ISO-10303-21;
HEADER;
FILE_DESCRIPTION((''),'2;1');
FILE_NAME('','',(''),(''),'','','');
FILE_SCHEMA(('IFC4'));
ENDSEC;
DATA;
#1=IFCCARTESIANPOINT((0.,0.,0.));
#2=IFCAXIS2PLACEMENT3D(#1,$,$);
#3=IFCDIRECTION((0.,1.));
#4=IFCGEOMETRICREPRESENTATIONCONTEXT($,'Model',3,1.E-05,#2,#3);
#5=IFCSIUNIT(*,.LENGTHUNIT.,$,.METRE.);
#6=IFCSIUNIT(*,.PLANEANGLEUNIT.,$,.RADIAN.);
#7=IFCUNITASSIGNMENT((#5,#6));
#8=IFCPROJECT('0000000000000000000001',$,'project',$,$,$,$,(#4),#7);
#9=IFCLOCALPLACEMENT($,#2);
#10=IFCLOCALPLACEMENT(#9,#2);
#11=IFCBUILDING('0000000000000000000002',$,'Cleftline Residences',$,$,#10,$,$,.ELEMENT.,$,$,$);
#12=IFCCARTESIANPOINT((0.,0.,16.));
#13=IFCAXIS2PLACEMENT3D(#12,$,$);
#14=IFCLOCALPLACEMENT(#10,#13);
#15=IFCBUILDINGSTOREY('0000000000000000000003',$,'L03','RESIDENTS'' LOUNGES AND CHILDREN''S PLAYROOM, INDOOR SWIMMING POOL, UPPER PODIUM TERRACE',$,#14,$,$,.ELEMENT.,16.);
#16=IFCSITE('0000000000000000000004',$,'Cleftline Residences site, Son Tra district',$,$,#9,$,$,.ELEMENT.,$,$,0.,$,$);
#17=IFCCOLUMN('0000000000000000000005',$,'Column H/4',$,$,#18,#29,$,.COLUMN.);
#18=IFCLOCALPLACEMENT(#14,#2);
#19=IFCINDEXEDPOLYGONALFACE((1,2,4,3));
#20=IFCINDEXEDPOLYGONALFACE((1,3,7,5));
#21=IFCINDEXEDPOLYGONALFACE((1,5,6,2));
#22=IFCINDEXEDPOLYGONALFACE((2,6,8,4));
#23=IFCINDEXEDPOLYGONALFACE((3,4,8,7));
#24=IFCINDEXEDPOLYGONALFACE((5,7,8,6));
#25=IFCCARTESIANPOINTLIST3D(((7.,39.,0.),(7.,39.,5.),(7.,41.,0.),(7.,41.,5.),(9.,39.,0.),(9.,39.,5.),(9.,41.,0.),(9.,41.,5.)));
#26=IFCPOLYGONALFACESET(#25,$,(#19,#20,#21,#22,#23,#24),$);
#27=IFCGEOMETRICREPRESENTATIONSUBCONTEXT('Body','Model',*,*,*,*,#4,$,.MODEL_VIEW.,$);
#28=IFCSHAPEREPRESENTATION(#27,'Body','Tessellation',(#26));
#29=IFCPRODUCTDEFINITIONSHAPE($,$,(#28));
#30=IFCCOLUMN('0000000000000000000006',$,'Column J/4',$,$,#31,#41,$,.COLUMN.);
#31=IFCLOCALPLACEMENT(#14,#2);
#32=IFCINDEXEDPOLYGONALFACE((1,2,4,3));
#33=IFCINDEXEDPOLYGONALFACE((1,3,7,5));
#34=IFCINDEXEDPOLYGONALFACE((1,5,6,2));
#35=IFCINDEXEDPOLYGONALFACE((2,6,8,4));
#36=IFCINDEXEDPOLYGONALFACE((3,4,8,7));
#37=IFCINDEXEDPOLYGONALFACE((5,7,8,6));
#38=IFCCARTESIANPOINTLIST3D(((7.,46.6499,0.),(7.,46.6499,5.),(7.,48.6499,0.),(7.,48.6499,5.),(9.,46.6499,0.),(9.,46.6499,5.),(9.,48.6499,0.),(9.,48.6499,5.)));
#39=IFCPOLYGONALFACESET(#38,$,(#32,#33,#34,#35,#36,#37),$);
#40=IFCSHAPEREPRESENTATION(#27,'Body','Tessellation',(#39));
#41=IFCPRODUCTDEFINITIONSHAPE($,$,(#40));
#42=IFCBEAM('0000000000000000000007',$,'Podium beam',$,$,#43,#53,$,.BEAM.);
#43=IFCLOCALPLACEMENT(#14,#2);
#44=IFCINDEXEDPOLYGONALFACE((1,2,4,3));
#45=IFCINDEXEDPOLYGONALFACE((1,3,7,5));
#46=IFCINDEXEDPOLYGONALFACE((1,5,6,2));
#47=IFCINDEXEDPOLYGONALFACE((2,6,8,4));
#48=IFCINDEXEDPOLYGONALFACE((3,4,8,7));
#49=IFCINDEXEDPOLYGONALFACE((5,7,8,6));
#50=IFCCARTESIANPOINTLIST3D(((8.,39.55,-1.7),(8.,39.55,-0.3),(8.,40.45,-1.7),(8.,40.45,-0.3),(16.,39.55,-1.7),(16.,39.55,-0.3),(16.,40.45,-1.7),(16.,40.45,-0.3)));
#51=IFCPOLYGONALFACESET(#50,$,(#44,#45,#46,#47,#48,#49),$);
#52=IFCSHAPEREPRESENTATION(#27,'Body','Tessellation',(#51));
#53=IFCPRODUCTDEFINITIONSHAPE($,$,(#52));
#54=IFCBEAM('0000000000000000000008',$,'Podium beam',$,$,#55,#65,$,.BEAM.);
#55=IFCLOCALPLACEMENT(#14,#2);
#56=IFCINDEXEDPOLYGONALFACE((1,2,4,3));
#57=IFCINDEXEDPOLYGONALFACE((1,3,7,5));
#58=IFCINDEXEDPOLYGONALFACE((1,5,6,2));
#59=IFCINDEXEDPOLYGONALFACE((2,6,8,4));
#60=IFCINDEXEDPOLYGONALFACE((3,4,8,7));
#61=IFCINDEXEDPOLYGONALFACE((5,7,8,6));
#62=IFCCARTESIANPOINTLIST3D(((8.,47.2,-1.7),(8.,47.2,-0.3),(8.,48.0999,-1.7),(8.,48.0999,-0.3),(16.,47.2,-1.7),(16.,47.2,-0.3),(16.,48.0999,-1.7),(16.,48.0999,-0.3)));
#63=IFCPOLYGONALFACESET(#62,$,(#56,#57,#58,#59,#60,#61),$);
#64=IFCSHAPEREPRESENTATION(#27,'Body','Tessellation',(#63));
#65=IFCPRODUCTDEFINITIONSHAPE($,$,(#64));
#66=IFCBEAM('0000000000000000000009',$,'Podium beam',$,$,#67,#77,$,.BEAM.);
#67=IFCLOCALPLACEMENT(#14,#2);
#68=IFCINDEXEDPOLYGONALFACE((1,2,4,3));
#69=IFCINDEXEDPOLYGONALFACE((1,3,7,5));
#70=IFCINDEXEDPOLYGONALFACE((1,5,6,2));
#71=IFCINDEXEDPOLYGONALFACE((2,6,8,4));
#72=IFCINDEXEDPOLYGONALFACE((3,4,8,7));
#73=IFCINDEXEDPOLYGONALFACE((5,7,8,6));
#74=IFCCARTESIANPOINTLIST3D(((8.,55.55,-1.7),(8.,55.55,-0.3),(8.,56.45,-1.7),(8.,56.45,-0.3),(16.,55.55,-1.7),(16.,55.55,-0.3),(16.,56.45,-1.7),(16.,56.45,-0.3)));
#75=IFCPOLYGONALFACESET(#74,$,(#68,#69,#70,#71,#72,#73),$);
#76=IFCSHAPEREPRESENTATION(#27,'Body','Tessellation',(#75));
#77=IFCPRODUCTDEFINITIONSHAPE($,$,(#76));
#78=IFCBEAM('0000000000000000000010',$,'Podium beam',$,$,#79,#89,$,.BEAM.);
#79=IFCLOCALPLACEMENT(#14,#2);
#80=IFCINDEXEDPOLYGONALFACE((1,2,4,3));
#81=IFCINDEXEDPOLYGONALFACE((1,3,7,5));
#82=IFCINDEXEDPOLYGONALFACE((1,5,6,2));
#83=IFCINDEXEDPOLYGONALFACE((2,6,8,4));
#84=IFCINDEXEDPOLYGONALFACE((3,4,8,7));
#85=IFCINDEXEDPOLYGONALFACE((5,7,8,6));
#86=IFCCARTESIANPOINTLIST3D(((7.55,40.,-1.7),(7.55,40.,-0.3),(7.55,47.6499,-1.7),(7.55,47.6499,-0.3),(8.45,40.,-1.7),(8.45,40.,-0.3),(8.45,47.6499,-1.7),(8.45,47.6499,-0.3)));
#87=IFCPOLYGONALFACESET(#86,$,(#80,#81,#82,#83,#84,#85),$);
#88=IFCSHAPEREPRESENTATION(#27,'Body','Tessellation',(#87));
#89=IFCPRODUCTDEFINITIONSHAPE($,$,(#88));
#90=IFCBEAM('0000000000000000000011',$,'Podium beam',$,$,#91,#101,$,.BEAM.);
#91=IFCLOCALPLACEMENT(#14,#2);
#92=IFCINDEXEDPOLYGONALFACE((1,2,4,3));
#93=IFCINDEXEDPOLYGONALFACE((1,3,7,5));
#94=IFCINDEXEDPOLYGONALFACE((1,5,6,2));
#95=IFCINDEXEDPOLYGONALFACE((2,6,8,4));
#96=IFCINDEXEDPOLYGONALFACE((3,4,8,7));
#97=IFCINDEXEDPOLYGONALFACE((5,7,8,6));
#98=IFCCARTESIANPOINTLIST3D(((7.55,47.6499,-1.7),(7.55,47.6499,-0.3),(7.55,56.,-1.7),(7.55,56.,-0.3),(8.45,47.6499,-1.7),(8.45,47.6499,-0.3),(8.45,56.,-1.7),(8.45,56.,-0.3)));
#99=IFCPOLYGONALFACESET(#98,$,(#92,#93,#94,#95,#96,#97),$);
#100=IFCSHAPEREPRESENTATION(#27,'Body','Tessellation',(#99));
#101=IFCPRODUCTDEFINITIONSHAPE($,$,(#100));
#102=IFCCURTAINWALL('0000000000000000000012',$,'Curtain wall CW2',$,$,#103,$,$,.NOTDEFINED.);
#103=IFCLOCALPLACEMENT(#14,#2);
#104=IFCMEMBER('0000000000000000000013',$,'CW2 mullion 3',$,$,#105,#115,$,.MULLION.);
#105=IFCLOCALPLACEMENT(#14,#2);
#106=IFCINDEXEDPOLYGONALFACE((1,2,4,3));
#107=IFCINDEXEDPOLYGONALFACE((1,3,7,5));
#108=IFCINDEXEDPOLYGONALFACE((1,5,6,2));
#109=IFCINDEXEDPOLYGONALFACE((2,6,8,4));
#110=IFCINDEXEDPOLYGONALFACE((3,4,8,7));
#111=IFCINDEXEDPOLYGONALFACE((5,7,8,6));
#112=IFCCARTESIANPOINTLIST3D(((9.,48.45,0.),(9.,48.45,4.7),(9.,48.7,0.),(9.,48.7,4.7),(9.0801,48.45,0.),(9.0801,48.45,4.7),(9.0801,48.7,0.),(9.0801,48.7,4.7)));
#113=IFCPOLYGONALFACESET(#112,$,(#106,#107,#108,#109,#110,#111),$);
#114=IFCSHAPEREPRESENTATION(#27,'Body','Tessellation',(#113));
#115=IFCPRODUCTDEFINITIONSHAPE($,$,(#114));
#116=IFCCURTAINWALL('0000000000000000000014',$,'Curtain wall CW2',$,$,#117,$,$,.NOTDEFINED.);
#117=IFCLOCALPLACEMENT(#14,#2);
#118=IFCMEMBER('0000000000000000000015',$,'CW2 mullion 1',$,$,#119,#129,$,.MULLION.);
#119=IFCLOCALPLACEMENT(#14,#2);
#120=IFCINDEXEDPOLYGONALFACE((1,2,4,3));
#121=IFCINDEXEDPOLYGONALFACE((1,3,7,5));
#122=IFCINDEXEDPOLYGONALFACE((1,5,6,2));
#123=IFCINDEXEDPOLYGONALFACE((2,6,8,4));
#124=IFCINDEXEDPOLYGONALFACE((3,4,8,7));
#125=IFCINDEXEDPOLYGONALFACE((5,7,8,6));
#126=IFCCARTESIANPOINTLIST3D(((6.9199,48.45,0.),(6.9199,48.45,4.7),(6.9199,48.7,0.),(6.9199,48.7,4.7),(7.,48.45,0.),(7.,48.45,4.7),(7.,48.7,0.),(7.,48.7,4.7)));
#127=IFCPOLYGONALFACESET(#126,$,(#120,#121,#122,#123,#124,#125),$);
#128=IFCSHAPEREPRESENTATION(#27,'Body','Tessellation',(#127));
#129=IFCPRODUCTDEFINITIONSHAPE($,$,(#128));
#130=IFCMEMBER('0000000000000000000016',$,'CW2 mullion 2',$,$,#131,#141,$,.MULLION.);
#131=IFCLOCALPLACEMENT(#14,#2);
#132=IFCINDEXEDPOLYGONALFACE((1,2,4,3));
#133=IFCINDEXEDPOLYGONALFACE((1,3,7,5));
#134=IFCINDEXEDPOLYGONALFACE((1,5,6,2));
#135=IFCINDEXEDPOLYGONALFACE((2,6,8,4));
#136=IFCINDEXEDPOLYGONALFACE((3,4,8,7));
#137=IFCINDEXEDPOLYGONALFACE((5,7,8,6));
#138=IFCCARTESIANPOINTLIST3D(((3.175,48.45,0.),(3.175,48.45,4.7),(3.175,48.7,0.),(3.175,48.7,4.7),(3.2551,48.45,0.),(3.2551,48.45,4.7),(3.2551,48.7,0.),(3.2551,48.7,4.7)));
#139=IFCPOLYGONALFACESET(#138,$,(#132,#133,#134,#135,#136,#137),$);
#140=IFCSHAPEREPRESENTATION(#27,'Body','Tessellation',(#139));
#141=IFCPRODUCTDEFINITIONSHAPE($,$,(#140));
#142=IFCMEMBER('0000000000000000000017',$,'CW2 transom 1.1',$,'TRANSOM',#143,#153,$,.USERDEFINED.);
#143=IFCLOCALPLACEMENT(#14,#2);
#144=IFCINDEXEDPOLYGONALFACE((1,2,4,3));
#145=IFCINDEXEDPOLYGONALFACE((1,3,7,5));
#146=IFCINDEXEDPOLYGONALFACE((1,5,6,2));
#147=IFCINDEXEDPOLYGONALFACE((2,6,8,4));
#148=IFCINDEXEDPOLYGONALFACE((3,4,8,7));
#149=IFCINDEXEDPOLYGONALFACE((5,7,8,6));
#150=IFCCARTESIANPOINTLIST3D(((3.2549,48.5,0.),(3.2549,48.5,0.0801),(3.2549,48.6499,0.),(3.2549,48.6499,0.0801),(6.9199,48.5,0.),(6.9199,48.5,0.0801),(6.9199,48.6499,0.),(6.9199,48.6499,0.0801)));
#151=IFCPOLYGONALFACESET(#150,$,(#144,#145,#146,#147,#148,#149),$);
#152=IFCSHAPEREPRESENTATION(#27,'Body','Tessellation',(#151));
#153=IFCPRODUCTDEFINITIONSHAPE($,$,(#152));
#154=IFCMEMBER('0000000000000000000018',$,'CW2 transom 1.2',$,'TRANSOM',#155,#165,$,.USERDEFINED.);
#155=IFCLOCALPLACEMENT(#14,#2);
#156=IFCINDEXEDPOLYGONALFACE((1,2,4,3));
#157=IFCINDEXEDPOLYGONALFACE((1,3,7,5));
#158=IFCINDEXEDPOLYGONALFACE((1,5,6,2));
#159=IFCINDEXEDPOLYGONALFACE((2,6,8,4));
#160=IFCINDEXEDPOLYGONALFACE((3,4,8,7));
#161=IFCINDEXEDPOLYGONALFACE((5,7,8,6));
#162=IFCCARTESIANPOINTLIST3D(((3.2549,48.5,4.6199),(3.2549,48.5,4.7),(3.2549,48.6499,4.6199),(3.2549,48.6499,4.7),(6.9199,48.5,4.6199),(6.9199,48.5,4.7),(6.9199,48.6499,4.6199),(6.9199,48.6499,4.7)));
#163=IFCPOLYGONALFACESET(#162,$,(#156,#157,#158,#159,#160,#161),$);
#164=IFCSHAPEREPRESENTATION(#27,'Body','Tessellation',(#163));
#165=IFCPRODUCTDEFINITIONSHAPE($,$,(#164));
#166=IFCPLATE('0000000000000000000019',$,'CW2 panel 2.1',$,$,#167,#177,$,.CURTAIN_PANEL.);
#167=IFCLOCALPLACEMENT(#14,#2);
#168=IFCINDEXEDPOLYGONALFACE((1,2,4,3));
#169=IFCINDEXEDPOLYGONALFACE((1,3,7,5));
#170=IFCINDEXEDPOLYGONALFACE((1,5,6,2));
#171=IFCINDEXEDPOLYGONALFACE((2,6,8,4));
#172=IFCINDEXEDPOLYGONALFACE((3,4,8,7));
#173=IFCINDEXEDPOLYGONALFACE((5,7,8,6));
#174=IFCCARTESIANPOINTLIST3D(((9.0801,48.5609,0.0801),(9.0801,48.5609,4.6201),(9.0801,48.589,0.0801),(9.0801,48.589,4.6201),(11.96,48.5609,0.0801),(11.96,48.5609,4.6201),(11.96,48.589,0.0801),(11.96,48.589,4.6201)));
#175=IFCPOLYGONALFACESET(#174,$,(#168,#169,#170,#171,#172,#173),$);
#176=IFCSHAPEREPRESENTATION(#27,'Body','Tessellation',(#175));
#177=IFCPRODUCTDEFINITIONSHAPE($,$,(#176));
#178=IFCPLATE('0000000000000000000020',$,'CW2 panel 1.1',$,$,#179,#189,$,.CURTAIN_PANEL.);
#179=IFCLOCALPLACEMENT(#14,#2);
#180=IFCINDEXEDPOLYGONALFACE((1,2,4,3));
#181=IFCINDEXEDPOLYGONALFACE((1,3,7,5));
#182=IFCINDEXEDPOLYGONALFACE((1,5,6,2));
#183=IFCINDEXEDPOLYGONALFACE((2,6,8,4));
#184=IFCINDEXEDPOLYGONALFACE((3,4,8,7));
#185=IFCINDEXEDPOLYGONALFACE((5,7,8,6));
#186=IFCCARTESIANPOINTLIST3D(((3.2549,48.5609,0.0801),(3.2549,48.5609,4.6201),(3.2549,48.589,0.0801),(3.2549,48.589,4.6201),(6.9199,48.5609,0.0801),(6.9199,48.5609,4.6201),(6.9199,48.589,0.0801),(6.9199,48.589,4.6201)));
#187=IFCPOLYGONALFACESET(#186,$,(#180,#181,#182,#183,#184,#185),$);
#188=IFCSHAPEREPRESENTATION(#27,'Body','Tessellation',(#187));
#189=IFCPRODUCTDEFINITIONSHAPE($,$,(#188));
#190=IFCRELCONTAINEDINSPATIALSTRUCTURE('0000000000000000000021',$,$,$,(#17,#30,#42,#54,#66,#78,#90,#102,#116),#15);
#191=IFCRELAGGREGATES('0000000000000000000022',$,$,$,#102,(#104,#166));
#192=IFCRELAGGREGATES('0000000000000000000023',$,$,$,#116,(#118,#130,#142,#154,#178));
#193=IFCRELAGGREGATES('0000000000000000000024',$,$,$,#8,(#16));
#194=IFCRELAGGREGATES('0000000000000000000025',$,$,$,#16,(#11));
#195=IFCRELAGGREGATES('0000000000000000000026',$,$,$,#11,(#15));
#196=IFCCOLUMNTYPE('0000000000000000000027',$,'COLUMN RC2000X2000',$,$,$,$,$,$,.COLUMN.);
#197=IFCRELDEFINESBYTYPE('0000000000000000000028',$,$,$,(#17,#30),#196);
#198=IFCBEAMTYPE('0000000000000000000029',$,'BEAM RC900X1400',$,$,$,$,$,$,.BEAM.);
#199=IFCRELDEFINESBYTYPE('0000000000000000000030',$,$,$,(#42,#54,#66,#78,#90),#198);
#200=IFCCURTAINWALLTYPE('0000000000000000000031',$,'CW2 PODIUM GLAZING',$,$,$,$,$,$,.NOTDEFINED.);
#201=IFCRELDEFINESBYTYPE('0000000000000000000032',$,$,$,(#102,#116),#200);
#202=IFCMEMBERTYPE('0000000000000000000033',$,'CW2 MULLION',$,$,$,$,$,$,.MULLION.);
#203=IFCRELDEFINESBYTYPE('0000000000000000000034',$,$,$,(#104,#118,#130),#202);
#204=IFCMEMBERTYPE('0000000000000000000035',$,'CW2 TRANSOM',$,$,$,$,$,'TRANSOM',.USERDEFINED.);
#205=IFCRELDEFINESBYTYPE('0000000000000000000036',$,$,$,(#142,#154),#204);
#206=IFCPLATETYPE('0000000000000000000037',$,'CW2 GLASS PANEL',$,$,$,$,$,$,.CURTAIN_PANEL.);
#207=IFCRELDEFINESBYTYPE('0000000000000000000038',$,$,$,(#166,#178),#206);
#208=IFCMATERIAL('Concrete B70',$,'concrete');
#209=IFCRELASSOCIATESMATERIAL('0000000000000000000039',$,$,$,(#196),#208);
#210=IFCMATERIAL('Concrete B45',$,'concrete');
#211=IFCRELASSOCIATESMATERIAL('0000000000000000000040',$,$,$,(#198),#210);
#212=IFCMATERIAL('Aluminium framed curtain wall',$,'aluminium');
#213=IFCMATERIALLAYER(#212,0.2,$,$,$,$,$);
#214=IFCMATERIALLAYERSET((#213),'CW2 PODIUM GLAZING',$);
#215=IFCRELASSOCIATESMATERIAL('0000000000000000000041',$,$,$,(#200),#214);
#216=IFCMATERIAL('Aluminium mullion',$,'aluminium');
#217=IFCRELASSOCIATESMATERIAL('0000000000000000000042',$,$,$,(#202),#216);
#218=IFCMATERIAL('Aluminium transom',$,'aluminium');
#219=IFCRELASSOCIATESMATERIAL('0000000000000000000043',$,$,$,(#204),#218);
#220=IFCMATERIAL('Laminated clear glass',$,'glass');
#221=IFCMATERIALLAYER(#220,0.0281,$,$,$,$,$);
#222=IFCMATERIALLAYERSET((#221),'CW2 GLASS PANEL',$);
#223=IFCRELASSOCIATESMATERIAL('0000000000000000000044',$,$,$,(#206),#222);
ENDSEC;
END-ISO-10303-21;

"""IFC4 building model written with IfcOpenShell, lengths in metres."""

from ifc_helpers import new_model, si_unit, direction, frame, origin, origin_2d, place, context, subcontext, project, spatial, rectangle, extrude, material, layer, layer_set, material_profile, profile_set, type_object, element, aggregate, save


model = new_model("IFC4")

# Units and contexts
model_context = context("Model", 3, precision=1e-05, world=origin(), true_north=direction((0.0, 1.0)))
body_context = subcontext(model_context, "Body", "Model", "MODEL_VIEW")
ifc_project = project(units=[si_unit("LENGTHUNIT", "METRE"), si_unit("PLANEANGLEUNIT", "RADIAN")], contexts=[model_context])

# Site, building, storey
site_placement = place(None, origin())
site = spatial("IfcSite", under=ifc_project, at=site_placement, Name="Cleftline Residences site, Son Tra district", CompositionType="ELEMENT", RefElevation=0.0)
building_placement = place(site_placement, origin())
building = spatial("IfcBuilding", under=site, at=building_placement, Name="Cleftline Residences", CompositionType="ELEMENT")
storey_placement = place(building_placement, frame((0.0, 0.0, 16.0)))
storey = spatial("IfcBuildingStorey", under=building, at=storey_placement, Name="L03", Description="RESIDENTS' LOUNGES AND CHILDREN'S PLAYROOM, INDOOR SWIMMING POOL, UPPER PODIUM TERRACE", CompositionType="ELEMENT", Elevation=16.0)

# Columns
ifc_material_1 = material(Name="Concrete B70", Category="concrete")
ifc_material_profile_1 = material_profile(ifc_material_1, rectangle(XDim=2.0, YDim=2.0, at=origin_2d()))
ifc_profile_set_1 = profile_set([ifc_material_profile_1], Name="Concrete B70")
column_type = type_object("IfcColumnType", Name="COLUMN RC2000X2000", PredefinedType="COLUMN", material=ifc_profile_set_1)
for number, where, z_axis, x_axis, name in (
    (1, (8.0, 40.0, 0.0), (0.0, 0.0, 1.0), (1.0, 0.0, 0.0), "Column H/4"),
    (2, (8.0, 47.6499, 0.0), (0.0, 0.0, 1.0), (1.0, 0.0, 0.0), "Column J/4"),
):
    element("IfcColumn", number, at=place(storey_placement, frame(where, z_axis=z_axis, x_axis=x_axis)), inside=storey, type_object=column_type, Name=name, PredefinedType="COLUMN", context=body_context, shape_type="SweptSolid", body=[
        extrude(rectangle(XDim=2.0, YDim=2.0, at=origin_2d()), origin(), (0.0, 0.0, 1.0), 5.0),
    ])

# Beams
ifc_material_2 = material(Name="Concrete B45", Category="concrete")
ifc_material_profile_2 = material_profile(ifc_material_2, rectangle(XDim=0.8999, YDim=1.3999, at=origin_2d()))
ifc_profile_set_2 = profile_set([ifc_material_profile_2], Name="Concrete B45")
beam_type = type_object("IfcBeamType", Name="BEAM RC900X1400", PredefinedType="BEAM", material=ifc_profile_set_2)
for number, where, z_axis, x_axis, name in (
    (3, (8.0, 40.0, -1.0), (1.0, 0.0, 0.0), (0.0, 1.0, 0.0), "Podium beam"),
    (4, (8.0, 47.6499, -1.0), (1.0, 0.0, 0.0), (0.0, 1.0, 0.0), "Podium beam"),
    (5, (8.0, 56.0, -1.0), (1.0, 0.0, 0.0), (0.0, 1.0, 0.0), "Podium beam"),
):
    element("IfcBeam", number, at=place(storey_placement, frame(where, z_axis=z_axis, x_axis=x_axis)), inside=storey, type_object=beam_type, Name=name, PredefinedType="BEAM", context=body_context, shape_type="SweptSolid", body=[
        extrude(rectangle(XDim=0.8999, YDim=1.3999, at=origin_2d()), origin(), (0.0, 0.0, 1.0), 8.0),
    ])
beam_1_placement = place(storey_placement, frame((8.0, 40.0, -1.0), z_axis=(0.0, 1.0, 0.0), x_axis=(-1.0, 0.0, 0.0)))
element("IfcBeam", 6, at=beam_1_placement, inside=storey, type_object=beam_type, Name="Podium beam", PredefinedType="BEAM", context=body_context, shape_type="SweptSolid", body=[
    extrude(rectangle(XDim=0.8999, YDim=1.3999, at=origin_2d()), origin(), (0.0, 0.0, 1.0), 7.6499),
])
beam_2_placement = place(storey_placement, frame((8.0, 47.6499, -1.0), z_axis=(0.0, 1.0, 0.0), x_axis=(-1.0, 0.0, 0.0)))
element("IfcBeam", 7, at=beam_2_placement, inside=storey, type_object=beam_type, Name="Podium beam", PredefinedType="BEAM", context=body_context, shape_type="SweptSolid", body=[
    extrude(rectangle(XDim=0.8999, YDim=1.3999, at=origin_2d()), origin(), (0.0, 0.0, 1.0), 8.3501),
])

# Curtain wall, member
ifc_material_3 = material(Name="Aluminium framed curtain wall", Category="aluminium")
ifc_layer_1 = layer(ifc_material_3, 0.2)
ifc_layer_set_1 = layer_set([ifc_layer_1], Name="CW2 PODIUM GLAZING")
curtain_wall_type = type_object("IfcCurtainWallType", Name="CW2 PODIUM GLAZING", PredefinedType="NOTDEFINED", material=ifc_layer_set_1)
curtain_wall_1_placement = place(storey_placement, origin())
curtain_wall_1 = element("IfcCurtainWall", 8, at=curtain_wall_1_placement, inside=storey, type_object=curtain_wall_type, Name="Curtain wall CW2", PredefinedType="NOTDEFINED")
ifc_material_4 = material(Name="Aluminium mullion", Category="aluminium")
ifc_material_profile_3 = material_profile(ifc_material_4, rectangle(XDim=0.25, YDim=0.0801, at=origin_2d()))
ifc_profile_set_3 = profile_set([ifc_material_profile_3], Name="Aluminium mullion")
member_type_1 = type_object("IfcMemberType", Name="CW2 MULLION", PredefinedType="MULLION", material=ifc_profile_set_3)
member_1_placement = place(storey_placement, frame((9.04, 48.575, 0.0), z_axis=(0.0, 0.0, 1.0), x_axis=(0.0, -1.0, 0.0)))
member_1 = element("IfcMember", 9, at=member_1_placement, type_object=member_type_1, Name="CW2 mullion 3", PredefinedType="MULLION", context=body_context, shape_type="SweptSolid", body=[
    extrude(rectangle(XDim=0.25, YDim=0.0801, at=origin_2d()), origin(), (0.0, 0.0, 1.0), 4.7),
])

# Curtain wall, members
curtain_wall_2_placement = place(storey_placement, origin())
curtain_wall_2 = element("IfcCurtainWall", 10, at=curtain_wall_2_placement, inside=storey, type_object=curtain_wall_type, Name="Curtain wall CW2", PredefinedType="NOTDEFINED")
member_2_placement = place(storey_placement, frame((6.96, 48.575, 0.0), z_axis=(0.0, 0.0, 1.0), x_axis=(0.0, -1.0, 0.0)))
member_2 = element("IfcMember", 11, at=member_2_placement, type_object=member_type_1, Name="CW2 mullion 1", PredefinedType="MULLION", context=body_context, shape_type="SweptSolid", body=[
    extrude(rectangle(XDim=0.25, YDim=0.0801, at=origin_2d()), origin(), (0.0, 0.0, 1.0), 4.7),
])
member_3_placement = place(storey_placement, frame((3.2151, 48.575, 0.0), z_axis=(0.0, 0.0, 1.0), x_axis=(0.0, -1.0, 0.0)))
member_3 = element("IfcMember", 12, at=member_3_placement, type_object=member_type_1, Name="CW2 mullion 2", PredefinedType="MULLION", context=body_context, shape_type="SweptSolid", body=[
    extrude(rectangle(XDim=0.25, YDim=0.0801, at=origin_2d()), origin(), (0.0, 0.0, 1.0), 4.7),
])
ifc_material_5 = material(Name="Aluminium transom", Category="aluminium")
ifc_material_profile_4 = material_profile(ifc_material_5, rectangle(XDim=0.1499, YDim=0.0801, at=origin_2d()))
ifc_profile_set_4 = profile_set([ifc_material_profile_4], Name="Aluminium transom")
member_type_2 = type_object("IfcMemberType", Name="CW2 TRANSOM", ElementType="TRANSOM", PredefinedType="USERDEFINED", material=ifc_profile_set_4)
member_4_placement = place(storey_placement, frame((6.9199, 48.575, 0.04), z_axis=(-1.0, 0.0, 0.0), x_axis=(0.0, -1.0, 0.0)))
member_4 = element("IfcMember", 13, at=member_4_placement, type_object=member_type_2, Name="CW2 transom 1.1", ObjectType="TRANSOM", PredefinedType="USERDEFINED", context=body_context, shape_type="SweptSolid", body=[
    extrude(rectangle(XDim=0.1499, YDim=0.0801, at=origin_2d()), origin(), (0.0, 0.0, 1.0), 3.665),
])
member_5_placement = place(storey_placement, frame((6.9199, 48.575, 4.6599), z_axis=(-1.0, 0.0, 0.0), x_axis=(0.0, -1.0, 0.0)))
member_5 = element("IfcMember", 14, at=member_5_placement, type_object=member_type_2, Name="CW2 transom 1.2", ObjectType="TRANSOM", PredefinedType="USERDEFINED", context=body_context, shape_type="SweptSolid", body=[
    extrude(rectangle(XDim=0.1499, YDim=0.0801, at=origin_2d()), origin(), (0.0, 0.0, 1.0), 3.665),
])

# Plates
ifc_material_6 = material(Name="Laminated clear glass", Category="glass")
ifc_layer_2 = layer(ifc_material_6, 0.0281)
ifc_layer_set_2 = layer_set([ifc_layer_2], Name="CW2 GLASS PANEL")
plate_type = type_object("IfcPlateType", Name="CW2 GLASS PANEL", PredefinedType="CURTAIN_PANEL", material=ifc_layer_set_2)
plate_1_placement = place(storey_placement, frame((10.52, 48.575, 0.0801), z_axis=(0.0, 0.0, 1.0), x_axis=(-1.0, 0.0, 0.0)))
plate_1 = element("IfcPlate", 15, at=plate_1_placement, type_object=plate_type, Name="CW2 panel 2.1", PredefinedType="CURTAIN_PANEL", context=body_context, shape_type="SweptSolid", body=[
    extrude(rectangle(XDim=2.8799, YDim=0.0281, at=origin_2d()), origin(), (0.0, 0.0, 1.0), 4.54),
])
aggregate(curtain_wall_1, [member_1, plate_1])
plate_2_placement = place(storey_placement, frame((5.0874, 48.575, 0.0801), z_axis=(0.0, 0.0, 1.0), x_axis=(-1.0, 0.0, 0.0)))
plate_2 = element("IfcPlate", 16, at=plate_2_placement, type_object=plate_type, Name="CW2 panel 1.1", PredefinedType="CURTAIN_PANEL", context=body_context, shape_type="SweptSolid", body=[
    extrude(rectangle(XDim=3.665, YDim=0.0281, at=origin_2d()), origin(), (0.0, 0.0, 1.0), 4.54),
])
aggregate(curtain_wall_2, [member_2, member_3, member_4, member_5, plate_2])

save(model, "model.ifc")
